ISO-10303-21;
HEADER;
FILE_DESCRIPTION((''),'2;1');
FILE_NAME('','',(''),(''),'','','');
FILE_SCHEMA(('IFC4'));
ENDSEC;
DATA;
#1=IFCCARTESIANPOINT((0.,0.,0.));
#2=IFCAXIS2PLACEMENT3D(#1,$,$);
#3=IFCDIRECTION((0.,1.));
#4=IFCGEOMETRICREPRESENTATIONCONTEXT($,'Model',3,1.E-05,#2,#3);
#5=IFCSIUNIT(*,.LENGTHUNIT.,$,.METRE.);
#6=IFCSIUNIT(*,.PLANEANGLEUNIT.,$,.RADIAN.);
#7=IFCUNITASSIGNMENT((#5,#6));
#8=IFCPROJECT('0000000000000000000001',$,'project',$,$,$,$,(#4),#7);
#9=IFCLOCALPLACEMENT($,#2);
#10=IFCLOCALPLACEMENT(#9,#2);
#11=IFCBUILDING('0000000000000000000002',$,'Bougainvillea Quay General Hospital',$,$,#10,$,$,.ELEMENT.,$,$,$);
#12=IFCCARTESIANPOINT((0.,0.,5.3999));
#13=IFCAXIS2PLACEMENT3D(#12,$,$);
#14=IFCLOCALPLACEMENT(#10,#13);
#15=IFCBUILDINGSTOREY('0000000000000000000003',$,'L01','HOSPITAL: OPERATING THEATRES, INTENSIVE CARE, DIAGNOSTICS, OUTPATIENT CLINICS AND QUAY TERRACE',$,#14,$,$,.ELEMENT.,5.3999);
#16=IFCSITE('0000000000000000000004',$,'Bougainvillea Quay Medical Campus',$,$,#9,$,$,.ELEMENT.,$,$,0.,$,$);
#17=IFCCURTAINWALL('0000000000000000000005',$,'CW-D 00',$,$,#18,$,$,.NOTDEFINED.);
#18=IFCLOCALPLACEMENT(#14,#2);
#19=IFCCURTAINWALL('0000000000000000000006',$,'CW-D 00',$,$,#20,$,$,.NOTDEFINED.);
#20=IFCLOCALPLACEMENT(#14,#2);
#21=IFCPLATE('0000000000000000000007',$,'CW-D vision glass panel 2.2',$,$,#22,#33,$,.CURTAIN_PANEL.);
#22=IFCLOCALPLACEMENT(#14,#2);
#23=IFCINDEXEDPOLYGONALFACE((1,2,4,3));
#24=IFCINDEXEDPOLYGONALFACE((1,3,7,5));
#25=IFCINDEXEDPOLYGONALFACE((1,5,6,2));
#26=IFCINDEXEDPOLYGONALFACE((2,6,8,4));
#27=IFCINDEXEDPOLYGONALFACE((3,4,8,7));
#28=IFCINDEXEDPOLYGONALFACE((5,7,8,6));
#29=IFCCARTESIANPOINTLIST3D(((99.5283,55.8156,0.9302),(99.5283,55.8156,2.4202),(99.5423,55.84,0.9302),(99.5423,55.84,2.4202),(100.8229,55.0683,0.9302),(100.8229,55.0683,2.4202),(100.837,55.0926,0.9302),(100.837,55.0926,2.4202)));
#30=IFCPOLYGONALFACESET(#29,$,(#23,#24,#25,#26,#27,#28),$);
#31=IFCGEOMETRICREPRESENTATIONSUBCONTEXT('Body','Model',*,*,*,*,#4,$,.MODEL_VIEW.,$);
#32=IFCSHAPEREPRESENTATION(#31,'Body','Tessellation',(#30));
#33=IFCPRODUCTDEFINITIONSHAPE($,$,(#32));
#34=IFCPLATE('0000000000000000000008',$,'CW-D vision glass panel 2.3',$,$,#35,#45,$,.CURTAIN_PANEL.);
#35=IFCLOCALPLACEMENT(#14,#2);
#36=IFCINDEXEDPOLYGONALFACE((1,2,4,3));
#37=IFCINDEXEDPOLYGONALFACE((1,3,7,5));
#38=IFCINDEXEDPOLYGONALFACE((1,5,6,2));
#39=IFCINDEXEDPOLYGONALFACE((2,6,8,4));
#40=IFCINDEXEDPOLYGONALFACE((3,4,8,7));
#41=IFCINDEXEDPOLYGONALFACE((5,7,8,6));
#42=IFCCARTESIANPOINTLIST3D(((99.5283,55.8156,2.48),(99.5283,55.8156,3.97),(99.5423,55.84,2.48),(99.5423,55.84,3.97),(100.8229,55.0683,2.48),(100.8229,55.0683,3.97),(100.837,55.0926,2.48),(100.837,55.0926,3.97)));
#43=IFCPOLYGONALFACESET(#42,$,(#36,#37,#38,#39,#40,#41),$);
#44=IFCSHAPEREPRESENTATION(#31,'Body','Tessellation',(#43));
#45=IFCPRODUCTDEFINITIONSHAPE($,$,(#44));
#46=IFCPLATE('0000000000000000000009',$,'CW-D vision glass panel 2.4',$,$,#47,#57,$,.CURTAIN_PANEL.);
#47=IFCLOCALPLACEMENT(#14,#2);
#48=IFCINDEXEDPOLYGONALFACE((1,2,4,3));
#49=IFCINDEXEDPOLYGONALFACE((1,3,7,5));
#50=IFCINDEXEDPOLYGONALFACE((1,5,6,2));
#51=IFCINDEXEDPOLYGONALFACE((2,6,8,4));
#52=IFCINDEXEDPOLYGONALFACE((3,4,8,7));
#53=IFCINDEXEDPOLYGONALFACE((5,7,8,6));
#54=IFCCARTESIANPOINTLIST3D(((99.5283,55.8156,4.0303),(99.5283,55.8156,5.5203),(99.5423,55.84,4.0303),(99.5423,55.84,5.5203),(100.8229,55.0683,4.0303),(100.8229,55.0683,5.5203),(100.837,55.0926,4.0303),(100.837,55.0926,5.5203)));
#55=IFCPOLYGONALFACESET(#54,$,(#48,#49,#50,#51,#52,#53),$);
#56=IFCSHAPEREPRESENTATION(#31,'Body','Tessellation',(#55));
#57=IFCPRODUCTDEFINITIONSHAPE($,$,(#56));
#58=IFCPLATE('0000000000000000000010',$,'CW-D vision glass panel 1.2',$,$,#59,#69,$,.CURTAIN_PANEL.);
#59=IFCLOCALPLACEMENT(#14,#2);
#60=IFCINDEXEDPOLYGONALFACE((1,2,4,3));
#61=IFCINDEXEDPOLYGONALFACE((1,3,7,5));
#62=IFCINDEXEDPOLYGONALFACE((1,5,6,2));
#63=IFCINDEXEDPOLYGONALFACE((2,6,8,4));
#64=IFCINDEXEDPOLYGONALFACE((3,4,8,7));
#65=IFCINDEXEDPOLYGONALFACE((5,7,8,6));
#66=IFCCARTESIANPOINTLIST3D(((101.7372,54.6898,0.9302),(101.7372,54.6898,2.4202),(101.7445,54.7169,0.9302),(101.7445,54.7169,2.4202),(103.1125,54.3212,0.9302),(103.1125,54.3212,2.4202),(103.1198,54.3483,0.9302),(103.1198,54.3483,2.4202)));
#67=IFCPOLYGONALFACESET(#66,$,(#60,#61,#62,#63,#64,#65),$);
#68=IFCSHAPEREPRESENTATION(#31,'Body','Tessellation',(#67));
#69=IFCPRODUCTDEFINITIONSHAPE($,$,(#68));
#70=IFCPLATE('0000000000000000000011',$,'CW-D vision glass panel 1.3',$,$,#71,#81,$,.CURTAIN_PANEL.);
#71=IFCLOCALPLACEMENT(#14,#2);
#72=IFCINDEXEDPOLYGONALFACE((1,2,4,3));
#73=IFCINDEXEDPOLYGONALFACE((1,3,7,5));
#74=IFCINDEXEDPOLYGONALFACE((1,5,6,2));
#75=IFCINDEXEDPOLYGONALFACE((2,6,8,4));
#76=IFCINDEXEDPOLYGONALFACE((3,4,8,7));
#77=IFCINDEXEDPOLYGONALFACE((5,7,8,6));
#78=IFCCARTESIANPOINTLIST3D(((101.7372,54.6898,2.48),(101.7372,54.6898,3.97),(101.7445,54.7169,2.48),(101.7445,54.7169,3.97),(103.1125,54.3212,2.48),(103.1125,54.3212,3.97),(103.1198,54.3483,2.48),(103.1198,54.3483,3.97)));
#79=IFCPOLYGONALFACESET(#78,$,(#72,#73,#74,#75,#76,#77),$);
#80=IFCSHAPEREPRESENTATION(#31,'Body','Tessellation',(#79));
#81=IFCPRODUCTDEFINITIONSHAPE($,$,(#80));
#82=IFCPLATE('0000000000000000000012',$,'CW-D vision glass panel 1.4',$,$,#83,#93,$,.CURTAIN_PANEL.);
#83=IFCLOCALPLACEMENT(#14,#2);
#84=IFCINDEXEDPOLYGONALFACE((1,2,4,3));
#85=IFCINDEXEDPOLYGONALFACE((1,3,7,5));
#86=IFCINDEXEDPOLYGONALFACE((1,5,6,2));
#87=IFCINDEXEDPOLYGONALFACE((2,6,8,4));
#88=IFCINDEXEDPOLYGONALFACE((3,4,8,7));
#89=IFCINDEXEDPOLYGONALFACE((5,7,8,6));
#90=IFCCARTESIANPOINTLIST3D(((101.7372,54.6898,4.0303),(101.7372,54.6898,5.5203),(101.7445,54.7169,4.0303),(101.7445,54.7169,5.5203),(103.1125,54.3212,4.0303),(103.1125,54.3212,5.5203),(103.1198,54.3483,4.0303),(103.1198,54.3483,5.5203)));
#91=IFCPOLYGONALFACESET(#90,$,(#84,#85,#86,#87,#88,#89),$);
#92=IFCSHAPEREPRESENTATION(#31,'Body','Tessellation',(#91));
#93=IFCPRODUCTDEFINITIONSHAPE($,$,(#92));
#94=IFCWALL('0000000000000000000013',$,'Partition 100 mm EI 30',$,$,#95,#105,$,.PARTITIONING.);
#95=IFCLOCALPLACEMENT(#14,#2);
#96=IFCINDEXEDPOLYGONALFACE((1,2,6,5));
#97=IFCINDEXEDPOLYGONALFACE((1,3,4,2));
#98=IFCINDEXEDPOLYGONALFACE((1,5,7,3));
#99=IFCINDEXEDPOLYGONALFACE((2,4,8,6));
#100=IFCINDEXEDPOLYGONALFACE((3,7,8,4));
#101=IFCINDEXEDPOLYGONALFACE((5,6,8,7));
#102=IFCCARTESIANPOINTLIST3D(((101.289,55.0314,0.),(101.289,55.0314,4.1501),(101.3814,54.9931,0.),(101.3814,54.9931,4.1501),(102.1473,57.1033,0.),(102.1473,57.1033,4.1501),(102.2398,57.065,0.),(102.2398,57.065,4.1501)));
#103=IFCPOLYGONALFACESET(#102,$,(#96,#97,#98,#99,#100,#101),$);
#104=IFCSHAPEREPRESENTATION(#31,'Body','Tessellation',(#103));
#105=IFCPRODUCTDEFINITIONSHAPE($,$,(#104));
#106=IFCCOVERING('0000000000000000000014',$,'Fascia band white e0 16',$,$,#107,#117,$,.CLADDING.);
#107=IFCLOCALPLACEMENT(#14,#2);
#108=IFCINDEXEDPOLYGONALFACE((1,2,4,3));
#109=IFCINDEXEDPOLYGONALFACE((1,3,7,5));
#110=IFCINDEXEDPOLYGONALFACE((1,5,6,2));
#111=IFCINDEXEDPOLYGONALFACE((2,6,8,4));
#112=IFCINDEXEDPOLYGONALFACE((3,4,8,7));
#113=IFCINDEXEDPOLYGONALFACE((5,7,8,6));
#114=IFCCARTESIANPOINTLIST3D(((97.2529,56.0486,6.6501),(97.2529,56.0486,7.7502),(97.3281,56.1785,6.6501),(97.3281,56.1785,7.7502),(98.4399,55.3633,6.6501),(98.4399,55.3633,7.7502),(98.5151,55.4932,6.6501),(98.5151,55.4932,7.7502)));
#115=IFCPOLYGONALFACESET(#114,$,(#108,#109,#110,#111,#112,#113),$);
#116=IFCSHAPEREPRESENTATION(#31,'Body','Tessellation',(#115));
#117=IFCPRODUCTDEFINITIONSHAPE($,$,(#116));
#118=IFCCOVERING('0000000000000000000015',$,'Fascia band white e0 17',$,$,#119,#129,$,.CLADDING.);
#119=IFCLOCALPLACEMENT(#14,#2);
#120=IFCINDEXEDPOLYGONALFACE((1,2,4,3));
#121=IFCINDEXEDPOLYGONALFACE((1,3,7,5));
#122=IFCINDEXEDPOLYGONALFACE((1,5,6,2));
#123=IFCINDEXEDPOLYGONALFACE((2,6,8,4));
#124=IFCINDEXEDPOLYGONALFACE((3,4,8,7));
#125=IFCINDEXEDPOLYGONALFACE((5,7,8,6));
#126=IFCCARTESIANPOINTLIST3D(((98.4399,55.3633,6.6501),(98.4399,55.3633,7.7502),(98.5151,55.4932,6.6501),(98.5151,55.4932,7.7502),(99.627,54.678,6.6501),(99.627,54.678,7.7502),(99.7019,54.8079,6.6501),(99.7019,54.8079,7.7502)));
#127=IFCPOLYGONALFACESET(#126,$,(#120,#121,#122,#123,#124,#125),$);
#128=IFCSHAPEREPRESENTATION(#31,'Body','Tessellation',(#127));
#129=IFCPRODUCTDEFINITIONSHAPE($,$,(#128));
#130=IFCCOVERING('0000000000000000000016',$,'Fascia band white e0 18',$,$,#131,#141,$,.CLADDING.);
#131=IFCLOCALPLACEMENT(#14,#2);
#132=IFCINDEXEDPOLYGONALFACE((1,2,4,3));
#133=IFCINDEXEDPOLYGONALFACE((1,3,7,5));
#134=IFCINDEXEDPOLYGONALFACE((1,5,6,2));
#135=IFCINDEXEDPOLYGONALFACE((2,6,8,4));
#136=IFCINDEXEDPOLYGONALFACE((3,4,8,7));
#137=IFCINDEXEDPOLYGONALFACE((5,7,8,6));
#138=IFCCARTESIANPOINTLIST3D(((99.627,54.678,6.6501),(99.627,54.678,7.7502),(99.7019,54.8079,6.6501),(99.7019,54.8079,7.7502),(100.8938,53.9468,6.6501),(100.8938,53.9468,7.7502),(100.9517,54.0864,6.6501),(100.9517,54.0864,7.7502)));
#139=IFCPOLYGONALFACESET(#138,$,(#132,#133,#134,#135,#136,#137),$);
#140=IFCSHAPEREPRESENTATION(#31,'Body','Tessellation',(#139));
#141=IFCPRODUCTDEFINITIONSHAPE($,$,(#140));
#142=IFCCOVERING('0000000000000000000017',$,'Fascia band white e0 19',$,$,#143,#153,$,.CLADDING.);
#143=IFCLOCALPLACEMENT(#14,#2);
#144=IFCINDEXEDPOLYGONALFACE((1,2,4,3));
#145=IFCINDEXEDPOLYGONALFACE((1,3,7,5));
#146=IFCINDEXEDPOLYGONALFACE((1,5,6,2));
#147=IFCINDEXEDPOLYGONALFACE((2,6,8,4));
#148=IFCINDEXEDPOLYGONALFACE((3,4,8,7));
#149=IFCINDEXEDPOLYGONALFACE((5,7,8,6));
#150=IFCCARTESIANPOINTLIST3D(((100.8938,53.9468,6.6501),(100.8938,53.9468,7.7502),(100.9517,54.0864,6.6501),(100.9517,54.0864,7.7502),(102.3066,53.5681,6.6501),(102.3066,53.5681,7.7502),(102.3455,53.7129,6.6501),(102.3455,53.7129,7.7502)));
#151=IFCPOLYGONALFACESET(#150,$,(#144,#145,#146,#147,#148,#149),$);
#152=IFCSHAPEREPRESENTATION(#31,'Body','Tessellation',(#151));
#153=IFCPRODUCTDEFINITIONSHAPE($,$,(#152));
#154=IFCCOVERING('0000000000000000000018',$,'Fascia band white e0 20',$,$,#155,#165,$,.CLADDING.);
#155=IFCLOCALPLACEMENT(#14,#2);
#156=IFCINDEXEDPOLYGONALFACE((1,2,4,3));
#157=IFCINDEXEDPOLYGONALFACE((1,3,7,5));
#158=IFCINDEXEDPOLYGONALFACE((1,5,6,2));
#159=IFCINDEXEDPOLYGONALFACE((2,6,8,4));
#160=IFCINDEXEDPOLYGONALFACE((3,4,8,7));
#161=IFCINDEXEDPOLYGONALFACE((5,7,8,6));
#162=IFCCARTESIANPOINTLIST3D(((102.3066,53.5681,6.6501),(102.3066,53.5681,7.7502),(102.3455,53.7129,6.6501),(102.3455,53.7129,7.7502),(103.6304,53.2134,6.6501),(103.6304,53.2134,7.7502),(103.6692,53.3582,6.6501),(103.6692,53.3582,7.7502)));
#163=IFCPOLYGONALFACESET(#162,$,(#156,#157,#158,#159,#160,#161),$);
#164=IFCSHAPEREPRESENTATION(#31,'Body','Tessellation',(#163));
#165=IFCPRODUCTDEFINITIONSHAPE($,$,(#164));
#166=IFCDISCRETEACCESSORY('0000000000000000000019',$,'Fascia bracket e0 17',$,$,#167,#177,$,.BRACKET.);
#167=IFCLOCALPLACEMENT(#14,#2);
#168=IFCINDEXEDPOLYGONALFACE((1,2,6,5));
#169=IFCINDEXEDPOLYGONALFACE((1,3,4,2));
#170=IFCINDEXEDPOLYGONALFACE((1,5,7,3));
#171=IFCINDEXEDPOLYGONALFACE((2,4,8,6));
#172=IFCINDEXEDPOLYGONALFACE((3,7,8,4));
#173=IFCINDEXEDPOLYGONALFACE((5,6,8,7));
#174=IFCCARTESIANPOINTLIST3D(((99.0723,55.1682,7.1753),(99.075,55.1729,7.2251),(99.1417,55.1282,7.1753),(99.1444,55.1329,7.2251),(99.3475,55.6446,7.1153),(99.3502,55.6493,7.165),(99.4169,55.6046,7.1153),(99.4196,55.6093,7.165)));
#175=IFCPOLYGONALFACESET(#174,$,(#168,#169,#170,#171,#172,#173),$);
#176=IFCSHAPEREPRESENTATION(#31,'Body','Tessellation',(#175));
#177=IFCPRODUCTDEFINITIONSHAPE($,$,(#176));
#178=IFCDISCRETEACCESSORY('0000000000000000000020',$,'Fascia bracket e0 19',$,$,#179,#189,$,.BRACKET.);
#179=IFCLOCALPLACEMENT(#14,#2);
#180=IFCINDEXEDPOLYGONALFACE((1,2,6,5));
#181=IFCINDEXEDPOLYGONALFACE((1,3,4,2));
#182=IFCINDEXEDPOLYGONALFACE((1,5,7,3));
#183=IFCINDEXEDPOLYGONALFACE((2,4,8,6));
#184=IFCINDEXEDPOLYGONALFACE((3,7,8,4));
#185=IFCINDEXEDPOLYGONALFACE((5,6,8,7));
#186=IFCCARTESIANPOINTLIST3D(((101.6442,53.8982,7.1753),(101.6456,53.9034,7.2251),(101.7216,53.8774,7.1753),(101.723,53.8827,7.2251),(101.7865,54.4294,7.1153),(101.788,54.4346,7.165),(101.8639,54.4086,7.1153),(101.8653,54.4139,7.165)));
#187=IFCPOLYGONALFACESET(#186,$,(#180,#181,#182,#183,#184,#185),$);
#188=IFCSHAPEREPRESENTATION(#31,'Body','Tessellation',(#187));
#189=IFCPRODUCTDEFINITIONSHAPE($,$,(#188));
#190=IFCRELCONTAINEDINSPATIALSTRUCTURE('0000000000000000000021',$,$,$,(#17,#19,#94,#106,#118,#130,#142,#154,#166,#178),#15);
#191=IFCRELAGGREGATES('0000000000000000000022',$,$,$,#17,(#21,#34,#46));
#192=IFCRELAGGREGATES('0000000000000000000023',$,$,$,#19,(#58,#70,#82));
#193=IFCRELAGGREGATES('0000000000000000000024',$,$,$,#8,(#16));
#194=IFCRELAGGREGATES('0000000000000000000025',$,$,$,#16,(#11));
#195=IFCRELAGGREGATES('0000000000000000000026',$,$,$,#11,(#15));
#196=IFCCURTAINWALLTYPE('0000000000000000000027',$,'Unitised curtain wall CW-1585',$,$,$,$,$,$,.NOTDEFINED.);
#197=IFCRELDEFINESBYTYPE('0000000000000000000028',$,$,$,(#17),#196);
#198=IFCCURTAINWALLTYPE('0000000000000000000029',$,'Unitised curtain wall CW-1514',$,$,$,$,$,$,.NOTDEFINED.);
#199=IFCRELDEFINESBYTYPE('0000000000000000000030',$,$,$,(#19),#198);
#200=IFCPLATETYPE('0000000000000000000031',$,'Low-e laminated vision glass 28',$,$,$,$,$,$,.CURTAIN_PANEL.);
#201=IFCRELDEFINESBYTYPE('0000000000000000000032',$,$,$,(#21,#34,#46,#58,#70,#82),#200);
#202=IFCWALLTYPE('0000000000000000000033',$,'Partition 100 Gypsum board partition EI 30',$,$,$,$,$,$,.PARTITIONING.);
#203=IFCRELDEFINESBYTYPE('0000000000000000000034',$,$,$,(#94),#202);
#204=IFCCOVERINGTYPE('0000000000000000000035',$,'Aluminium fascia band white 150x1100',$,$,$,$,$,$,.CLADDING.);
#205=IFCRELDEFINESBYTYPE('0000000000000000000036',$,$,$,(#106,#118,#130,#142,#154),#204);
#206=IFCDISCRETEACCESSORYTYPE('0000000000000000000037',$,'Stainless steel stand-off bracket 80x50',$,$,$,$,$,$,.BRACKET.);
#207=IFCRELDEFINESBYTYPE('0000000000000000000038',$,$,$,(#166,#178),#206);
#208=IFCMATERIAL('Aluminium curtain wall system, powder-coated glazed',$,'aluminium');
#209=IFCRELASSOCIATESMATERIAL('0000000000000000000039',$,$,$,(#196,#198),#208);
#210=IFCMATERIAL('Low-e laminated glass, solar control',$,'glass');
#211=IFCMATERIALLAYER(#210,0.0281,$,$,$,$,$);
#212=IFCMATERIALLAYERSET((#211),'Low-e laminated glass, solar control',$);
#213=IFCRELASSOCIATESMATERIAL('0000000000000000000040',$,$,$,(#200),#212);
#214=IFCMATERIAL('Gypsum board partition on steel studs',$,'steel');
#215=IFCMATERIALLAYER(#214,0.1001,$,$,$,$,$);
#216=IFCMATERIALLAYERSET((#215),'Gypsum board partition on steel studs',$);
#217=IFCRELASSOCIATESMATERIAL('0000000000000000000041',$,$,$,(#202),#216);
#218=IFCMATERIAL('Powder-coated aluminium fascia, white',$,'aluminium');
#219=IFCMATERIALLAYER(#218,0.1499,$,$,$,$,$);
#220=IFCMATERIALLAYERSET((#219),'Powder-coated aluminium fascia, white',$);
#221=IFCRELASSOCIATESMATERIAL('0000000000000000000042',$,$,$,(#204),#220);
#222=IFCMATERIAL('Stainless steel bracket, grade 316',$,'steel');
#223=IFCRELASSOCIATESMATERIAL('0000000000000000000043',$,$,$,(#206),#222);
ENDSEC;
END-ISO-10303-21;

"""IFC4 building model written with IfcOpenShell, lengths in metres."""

from ifc_helpers import new_model, si_unit, direction, frame, frame_2d, origin, origin_2d, place, context, subcontext, project, spatial, polyline, rectangle, outline, extrude, material, layer, layer_set, material_profile, profile_set, type_object, element, aggregate, save


model = new_model("IFC4")

# Units and contexts
model_context = context("Model", 3, precision=1e-05, world=origin(), true_north=direction((0.0, 1.0)))
body_context = subcontext(model_context, "Body", "Model", "MODEL_VIEW")
ifc_project = project(units=[si_unit("LENGTHUNIT", "METRE"), si_unit("PLANEANGLEUNIT", "RADIAN")], contexts=[model_context])

# Site, building, storey
site_placement = place(None, origin())
site = spatial("IfcSite", under=ifc_project, at=site_placement, Name="Bougainvillea Quay Medical Campus", CompositionType="ELEMENT", RefElevation=0.0)
building_placement = place(site_placement, origin())
building = spatial("IfcBuilding", under=site, at=building_placement, Name="Bougainvillea Quay General Hospital", CompositionType="ELEMENT")
storey_placement = place(building_placement, frame((0.0, 0.0, 5.3999)))
storey = spatial("IfcBuildingStorey", under=building, at=storey_placement, Name="L01", Description="HOSPITAL: OPERATING THEATRES, INTENSIVE CARE, DIAGNOSTICS, OUTPATIENT CLINICS AND QUAY TERRACE", CompositionType="ELEMENT", Elevation=5.3999)

# Curtain wall
ifc_material_1 = material(Name="Aluminium curtain wall system, powder-coated glazed", Category="aluminium")
curtain_wall_type_1 = type_object("IfcCurtainWallType", Name="Unitised curtain wall CW-1585", PredefinedType="NOTDEFINED", material=ifc_material_1)
curtain_wall_1_placement = place(storey_placement, origin())
curtain_wall_1 = element("IfcCurtainWall", 1, at=curtain_wall_1_placement, inside=storey, type_object=curtain_wall_type_1, Name="CW-D 00", PredefinedType="NOTDEFINED")

# Curtain wall
curtain_wall_type_2 = type_object("IfcCurtainWallType", Name="Unitised curtain wall CW-1514", PredefinedType="NOTDEFINED", material=ifc_material_1)
curtain_wall_2_placement = place(storey_placement, origin())
curtain_wall_2 = element("IfcCurtainWall", 2, at=curtain_wall_2_placement, inside=storey, type_object=curtain_wall_type_2, Name="CW-D 00", PredefinedType="NOTDEFINED")

# Plates
ifc_material_2 = material(Name="Low-e laminated glass, solar control", Category="glass")
ifc_layer_1 = layer(ifc_material_2, 0.0281)
ifc_layer_set_1 = layer_set([ifc_layer_1], Name="Low-e laminated glass, solar control")
plate_type_1 = type_object("IfcPlateType", Name="Low-e laminated vision glass 28", PredefinedType="CURTAIN_PANEL", material=ifc_layer_set_1)
plate_1_placement = place(storey_placement, frame((100.1826, 55.4541, 0.9302), z_axis=(0.0, 0.0, 1.0), x_axis=(0.866046, -0.499965, 0.0)))
plate_1 = element("IfcPlate", 3, at=plate_1_placement, type_object=plate_type_1, Name="CW-D vision glass panel 2.2", PredefinedType="CURTAIN_PANEL", context=body_context, shape_type="SweptSolid", body=[
    extrude(rectangle(XDim=1.4949, YDim=0.0281, at=origin_2d()), origin(), (0.0, 0.0, 1.0), 1.49),
])
plate_2_placement = place(storey_placement, frame((100.1826, 55.4541, 2.48), z_axis=(0.0, 0.0, 1.0), x_axis=(0.866046, -0.499965, 0.0)))
plate_2 = element("IfcPlate", 4, at=plate_2_placement, type_object=plate_type_1, Name="CW-D vision glass panel 2.3", PredefinedType="CURTAIN_PANEL", context=body_context, shape_type="SweptSolid", body=[
    extrude(rectangle(XDim=1.4949, YDim=0.0281, at=origin_2d()), origin(), (0.0, 0.0, 1.0), 1.49),
])
plate_3_placement = place(storey_placement, frame((100.1826, 55.4541, 4.0303), z_axis=(0.0, 0.0, 1.0), x_axis=(0.866046, -0.499965, 0.0)))
plate_3 = element("IfcPlate", 5, at=plate_3_placement, type_object=plate_type_1, Name="CW-D vision glass panel 2.4", PredefinedType="CURTAIN_PANEL", context=body_context, shape_type="SweptSolid", body=[
    extrude(rectangle(XDim=1.4949, YDim=0.0281, at=origin_2d()), origin(), (0.0, 0.0, 1.0), 1.49),
])
aggregate(curtain_wall_1, [plate_1, plate_2, plate_3])
plate_4_placement = place(storey_placement, frame((102.4285, 54.519, 0.9302), z_axis=(0.0, 0.0, 1.0), x_axis=(0.965916, -0.258855, 0.0)))
plate_4 = element("IfcPlate", 6, at=plate_4_placement, type_object=plate_type_1, Name="CW-D vision glass panel 1.2", PredefinedType="CURTAIN_PANEL", context=body_context, shape_type="SweptSolid", body=[
    extrude(rectangle(XDim=1.4238, YDim=0.0281, at=origin_2d()), origin(), (0.0, 0.0, 1.0), 1.49),
])
plate_5_placement = place(storey_placement, frame((102.4285, 54.519, 2.48), z_axis=(0.0, 0.0, 1.0), x_axis=(0.965916, -0.258855, 0.0)))
plate_5 = element("IfcPlate", 7, at=plate_5_placement, type_object=plate_type_1, Name="CW-D vision glass panel 1.3", PredefinedType="CURTAIN_PANEL", context=body_context, shape_type="SweptSolid", body=[
    extrude(rectangle(XDim=1.4238, YDim=0.0281, at=origin_2d()), origin(), (0.0, 0.0, 1.0), 1.49),
])
plate_6_placement = place(storey_placement, frame((102.4285, 54.519, 4.0303), z_axis=(0.0, 0.0, 1.0), x_axis=(0.965916, -0.258855, 0.0)))
plate_6 = element("IfcPlate", 8, at=plate_6_placement, type_object=plate_type_1, Name="CW-D vision glass panel 1.4", PredefinedType="CURTAIN_PANEL", context=body_context, shape_type="SweptSolid", body=[
    extrude(rectangle(XDim=1.4238, YDim=0.0281, at=origin_2d()), origin(), (0.0, 0.0, 1.0), 1.49),
])
aggregate(curtain_wall_2, [plate_4, plate_5, plate_6])

# Wall
ifc_material_3 = material(Name="Gypsum board partition on steel studs", Category="steel")
ifc_layer_2 = layer(ifc_material_3, 0.1001)
ifc_layer_set_2 = layer_set([ifc_layer_2], Name="Gypsum board partition on steel studs")
wall_type = type_object("IfcWallType", Name="Partition 100 Gypsum board partition EI 30", PredefinedType="PARTITIONING", material=ifc_layer_set_2)
wall_placement = place(storey_placement, frame((101.3352, 55.0122, 0.0), z_axis=(0.0, 0.0, 1.0), x_axis=(0.382736, 0.923858, 0.0)))
element("IfcWall", 9, at=wall_placement, inside=storey, type_object=wall_type, Name="Partition 100 mm EI 30", PredefinedType="PARTITIONING", context=body_context, shape_type="SweptSolid", body=[
    extrude(rectangle(XDim=2.2427, YDim=0.1001, at=frame_2d((1.1213, 0.0))), origin(), (0.0, 0.0, 1.0), 4.1501),
])

# Coverings
ifc_material_4 = material(Name="Powder-coated aluminium fascia, white", Category="aluminium")
ifc_layer_3 = layer(ifc_material_4, 0.1499)
ifc_layer_set_3 = layer_set([ifc_layer_3], Name="Powder-coated aluminium fascia, white")
covering_type = type_object("IfcCoveringType", Name="Aluminium fascia band white 150x1100", PredefinedType="CLADDING", material=ifc_layer_set_3)
covering_1_placement = place(storey_placement, frame((97.3281, 56.1785, 6.6501), z_axis=(0.0, 0.0, 1.0), x_axis=(0.866031, -0.49999, 0.0)))
element("IfcCovering", 10, at=covering_1_placement, inside=storey, type_object=covering_type, Name="Fascia band white e0 16", PredefinedType="CLADDING", context=body_context, shape_type="SweptSolid", body=[
    extrude(outline(polyline([(0.0, 0.0), (1.3706, 0.0), (1.3705, -0.1501), (-0.0002, -0.1501), (0.0, 0.0)])), origin(), (0.0, 0.0, 1.0), 1.1001),
])
covering_2_placement = place(storey_placement, frame((98.5151, 55.4932, 6.6501), z_axis=(0.0, 0.0, 1.0), x_axis=(0.865987, -0.500067, 0.0)))
element("IfcCovering", 11, at=covering_2_placement, inside=storey, type_object=covering_type, Name="Fascia band white e0 17", PredefinedType="CLADDING", context=body_context, shape_type="SweptSolid", body=[
    extrude(outline(polyline([(0.0, 0.0), (1.3704, 0.0), (1.3705, -0.15), (-0.0002, -0.1501), (0.0, 0.0)])), origin(), (0.0, 0.0, 1.0), 1.1001),
])
covering_3_placement = place(storey_placement, frame((99.7019, 54.8079, 6.6501), z_axis=(0.0, 0.0, 1.0), x_axis=(0.866059, -0.499942, 0.0)))
element("IfcCovering", 12, at=covering_3_placement, inside=storey, type_object=covering_type, Name="Fascia band white e0 18", PredefinedType="CLADDING", context=body_context, shape_type="SweptSolid", body=[
    extrude(outline(polyline([(0.0, 0.0), (1.443, 0.0), (1.4627, -0.1499), (0.0, -0.15), (0.0, 0.0)])), origin(), (0.0, 0.0, 1.0), 1.1001),
])
covering_4_placement = place(storey_placement, frame((100.9517, 54.0864, 6.6501), z_axis=(0.0, 0.0, 1.0), x_axis=(0.965914, -0.258863, 0.0)))
element("IfcCovering", 13, at=covering_4_placement, inside=storey, type_object=covering_type, Name="Fascia band white e0 19", PredefinedType="CLADDING", context=body_context, shape_type="SweptSolid", body=[
    extrude(outline(polyline([(0.0, 0.0), (1.443, 0.0), (1.443, -0.1499), (-0.0197, -0.1499), (0.0, 0.0)])), origin(), (0.0, 0.0, 1.0), 1.1001),
])
covering_5_placement = place(storey_placement, frame((102.3455, 53.7129, 6.6501), z_axis=(0.0, 0.0, 1.0), x_axis=(0.965918, -0.258849, 0.0)))
element("IfcCovering", 14, at=covering_5_placement, inside=storey, type_object=covering_type, Name="Fascia band white e0 20", PredefinedType="CLADDING", context=body_context, shape_type="SweptSolid", body=[
    extrude(outline(polyline([(0.0, 0.0), (1.3704, 0.0), (1.3704, -0.1499), (0.0, -0.1499), (0.0, 0.0)])), origin(), (0.0, 0.0, 1.0), 1.1001),
])

# Discrete accessories
ifc_material_5 = material(Name="Stainless steel bracket, grade 316", Category="steel")
ifc_material_profile_1 = material_profile(ifc_material_5, rectangle(XDim=0.0801, YDim=0.05, at=origin_2d()))
ifc_profile_set_1 = profile_set([ifc_material_profile_1], Name="Stainless steel bracket, grade 316")
discrete_accessory_type = type_object("IfcDiscreteAccessoryType", Name="Stainless steel stand-off bracket 80x50", PredefinedType="BRACKET", material=ifc_profile_set_1)
discrete_accessory_1_placement = place(storey_placement, frame((99.3835, 55.627, 7.1401), z_axis=(-0.497241, -0.860797, 0.108537), x_axis=(0.865912, -0.500196, 0.0)))
element("IfcDiscreteAccessory", 15, at=discrete_accessory_1_placement, inside=storey, type_object=discrete_accessory_type, Name="Fascia bracket e0 17", PredefinedType="BRACKET", context=body_context, shape_type="SweptSolid", body=[
    extrude(rectangle(XDim=0.0801, YDim=0.05, at=origin_2d()), origin(), (0.0, 0.0, 1.0), 0.5535),
])
discrete_accessory_2_placement = place(storey_placement, frame((101.8259, 54.4216, 7.1401), z_axis=(-0.257266, -0.960224, 0.108555), x_axis=(0.965932, -0.258795, 0.0)))
element("IfcDiscreteAccessory", 16, at=discrete_accessory_2_placement, inside=storey, type_object=discrete_accessory_type, Name="Fascia bracket e0 19", PredefinedType="BRACKET", context=body_context, shape_type="SweptSolid", body=[
    extrude(rectangle(XDim=0.0801, YDim=0.05, at=origin_2d()), origin(), (0.0, 0.0, 1.0), 0.5532),
])

save(model, "model.ifc")
